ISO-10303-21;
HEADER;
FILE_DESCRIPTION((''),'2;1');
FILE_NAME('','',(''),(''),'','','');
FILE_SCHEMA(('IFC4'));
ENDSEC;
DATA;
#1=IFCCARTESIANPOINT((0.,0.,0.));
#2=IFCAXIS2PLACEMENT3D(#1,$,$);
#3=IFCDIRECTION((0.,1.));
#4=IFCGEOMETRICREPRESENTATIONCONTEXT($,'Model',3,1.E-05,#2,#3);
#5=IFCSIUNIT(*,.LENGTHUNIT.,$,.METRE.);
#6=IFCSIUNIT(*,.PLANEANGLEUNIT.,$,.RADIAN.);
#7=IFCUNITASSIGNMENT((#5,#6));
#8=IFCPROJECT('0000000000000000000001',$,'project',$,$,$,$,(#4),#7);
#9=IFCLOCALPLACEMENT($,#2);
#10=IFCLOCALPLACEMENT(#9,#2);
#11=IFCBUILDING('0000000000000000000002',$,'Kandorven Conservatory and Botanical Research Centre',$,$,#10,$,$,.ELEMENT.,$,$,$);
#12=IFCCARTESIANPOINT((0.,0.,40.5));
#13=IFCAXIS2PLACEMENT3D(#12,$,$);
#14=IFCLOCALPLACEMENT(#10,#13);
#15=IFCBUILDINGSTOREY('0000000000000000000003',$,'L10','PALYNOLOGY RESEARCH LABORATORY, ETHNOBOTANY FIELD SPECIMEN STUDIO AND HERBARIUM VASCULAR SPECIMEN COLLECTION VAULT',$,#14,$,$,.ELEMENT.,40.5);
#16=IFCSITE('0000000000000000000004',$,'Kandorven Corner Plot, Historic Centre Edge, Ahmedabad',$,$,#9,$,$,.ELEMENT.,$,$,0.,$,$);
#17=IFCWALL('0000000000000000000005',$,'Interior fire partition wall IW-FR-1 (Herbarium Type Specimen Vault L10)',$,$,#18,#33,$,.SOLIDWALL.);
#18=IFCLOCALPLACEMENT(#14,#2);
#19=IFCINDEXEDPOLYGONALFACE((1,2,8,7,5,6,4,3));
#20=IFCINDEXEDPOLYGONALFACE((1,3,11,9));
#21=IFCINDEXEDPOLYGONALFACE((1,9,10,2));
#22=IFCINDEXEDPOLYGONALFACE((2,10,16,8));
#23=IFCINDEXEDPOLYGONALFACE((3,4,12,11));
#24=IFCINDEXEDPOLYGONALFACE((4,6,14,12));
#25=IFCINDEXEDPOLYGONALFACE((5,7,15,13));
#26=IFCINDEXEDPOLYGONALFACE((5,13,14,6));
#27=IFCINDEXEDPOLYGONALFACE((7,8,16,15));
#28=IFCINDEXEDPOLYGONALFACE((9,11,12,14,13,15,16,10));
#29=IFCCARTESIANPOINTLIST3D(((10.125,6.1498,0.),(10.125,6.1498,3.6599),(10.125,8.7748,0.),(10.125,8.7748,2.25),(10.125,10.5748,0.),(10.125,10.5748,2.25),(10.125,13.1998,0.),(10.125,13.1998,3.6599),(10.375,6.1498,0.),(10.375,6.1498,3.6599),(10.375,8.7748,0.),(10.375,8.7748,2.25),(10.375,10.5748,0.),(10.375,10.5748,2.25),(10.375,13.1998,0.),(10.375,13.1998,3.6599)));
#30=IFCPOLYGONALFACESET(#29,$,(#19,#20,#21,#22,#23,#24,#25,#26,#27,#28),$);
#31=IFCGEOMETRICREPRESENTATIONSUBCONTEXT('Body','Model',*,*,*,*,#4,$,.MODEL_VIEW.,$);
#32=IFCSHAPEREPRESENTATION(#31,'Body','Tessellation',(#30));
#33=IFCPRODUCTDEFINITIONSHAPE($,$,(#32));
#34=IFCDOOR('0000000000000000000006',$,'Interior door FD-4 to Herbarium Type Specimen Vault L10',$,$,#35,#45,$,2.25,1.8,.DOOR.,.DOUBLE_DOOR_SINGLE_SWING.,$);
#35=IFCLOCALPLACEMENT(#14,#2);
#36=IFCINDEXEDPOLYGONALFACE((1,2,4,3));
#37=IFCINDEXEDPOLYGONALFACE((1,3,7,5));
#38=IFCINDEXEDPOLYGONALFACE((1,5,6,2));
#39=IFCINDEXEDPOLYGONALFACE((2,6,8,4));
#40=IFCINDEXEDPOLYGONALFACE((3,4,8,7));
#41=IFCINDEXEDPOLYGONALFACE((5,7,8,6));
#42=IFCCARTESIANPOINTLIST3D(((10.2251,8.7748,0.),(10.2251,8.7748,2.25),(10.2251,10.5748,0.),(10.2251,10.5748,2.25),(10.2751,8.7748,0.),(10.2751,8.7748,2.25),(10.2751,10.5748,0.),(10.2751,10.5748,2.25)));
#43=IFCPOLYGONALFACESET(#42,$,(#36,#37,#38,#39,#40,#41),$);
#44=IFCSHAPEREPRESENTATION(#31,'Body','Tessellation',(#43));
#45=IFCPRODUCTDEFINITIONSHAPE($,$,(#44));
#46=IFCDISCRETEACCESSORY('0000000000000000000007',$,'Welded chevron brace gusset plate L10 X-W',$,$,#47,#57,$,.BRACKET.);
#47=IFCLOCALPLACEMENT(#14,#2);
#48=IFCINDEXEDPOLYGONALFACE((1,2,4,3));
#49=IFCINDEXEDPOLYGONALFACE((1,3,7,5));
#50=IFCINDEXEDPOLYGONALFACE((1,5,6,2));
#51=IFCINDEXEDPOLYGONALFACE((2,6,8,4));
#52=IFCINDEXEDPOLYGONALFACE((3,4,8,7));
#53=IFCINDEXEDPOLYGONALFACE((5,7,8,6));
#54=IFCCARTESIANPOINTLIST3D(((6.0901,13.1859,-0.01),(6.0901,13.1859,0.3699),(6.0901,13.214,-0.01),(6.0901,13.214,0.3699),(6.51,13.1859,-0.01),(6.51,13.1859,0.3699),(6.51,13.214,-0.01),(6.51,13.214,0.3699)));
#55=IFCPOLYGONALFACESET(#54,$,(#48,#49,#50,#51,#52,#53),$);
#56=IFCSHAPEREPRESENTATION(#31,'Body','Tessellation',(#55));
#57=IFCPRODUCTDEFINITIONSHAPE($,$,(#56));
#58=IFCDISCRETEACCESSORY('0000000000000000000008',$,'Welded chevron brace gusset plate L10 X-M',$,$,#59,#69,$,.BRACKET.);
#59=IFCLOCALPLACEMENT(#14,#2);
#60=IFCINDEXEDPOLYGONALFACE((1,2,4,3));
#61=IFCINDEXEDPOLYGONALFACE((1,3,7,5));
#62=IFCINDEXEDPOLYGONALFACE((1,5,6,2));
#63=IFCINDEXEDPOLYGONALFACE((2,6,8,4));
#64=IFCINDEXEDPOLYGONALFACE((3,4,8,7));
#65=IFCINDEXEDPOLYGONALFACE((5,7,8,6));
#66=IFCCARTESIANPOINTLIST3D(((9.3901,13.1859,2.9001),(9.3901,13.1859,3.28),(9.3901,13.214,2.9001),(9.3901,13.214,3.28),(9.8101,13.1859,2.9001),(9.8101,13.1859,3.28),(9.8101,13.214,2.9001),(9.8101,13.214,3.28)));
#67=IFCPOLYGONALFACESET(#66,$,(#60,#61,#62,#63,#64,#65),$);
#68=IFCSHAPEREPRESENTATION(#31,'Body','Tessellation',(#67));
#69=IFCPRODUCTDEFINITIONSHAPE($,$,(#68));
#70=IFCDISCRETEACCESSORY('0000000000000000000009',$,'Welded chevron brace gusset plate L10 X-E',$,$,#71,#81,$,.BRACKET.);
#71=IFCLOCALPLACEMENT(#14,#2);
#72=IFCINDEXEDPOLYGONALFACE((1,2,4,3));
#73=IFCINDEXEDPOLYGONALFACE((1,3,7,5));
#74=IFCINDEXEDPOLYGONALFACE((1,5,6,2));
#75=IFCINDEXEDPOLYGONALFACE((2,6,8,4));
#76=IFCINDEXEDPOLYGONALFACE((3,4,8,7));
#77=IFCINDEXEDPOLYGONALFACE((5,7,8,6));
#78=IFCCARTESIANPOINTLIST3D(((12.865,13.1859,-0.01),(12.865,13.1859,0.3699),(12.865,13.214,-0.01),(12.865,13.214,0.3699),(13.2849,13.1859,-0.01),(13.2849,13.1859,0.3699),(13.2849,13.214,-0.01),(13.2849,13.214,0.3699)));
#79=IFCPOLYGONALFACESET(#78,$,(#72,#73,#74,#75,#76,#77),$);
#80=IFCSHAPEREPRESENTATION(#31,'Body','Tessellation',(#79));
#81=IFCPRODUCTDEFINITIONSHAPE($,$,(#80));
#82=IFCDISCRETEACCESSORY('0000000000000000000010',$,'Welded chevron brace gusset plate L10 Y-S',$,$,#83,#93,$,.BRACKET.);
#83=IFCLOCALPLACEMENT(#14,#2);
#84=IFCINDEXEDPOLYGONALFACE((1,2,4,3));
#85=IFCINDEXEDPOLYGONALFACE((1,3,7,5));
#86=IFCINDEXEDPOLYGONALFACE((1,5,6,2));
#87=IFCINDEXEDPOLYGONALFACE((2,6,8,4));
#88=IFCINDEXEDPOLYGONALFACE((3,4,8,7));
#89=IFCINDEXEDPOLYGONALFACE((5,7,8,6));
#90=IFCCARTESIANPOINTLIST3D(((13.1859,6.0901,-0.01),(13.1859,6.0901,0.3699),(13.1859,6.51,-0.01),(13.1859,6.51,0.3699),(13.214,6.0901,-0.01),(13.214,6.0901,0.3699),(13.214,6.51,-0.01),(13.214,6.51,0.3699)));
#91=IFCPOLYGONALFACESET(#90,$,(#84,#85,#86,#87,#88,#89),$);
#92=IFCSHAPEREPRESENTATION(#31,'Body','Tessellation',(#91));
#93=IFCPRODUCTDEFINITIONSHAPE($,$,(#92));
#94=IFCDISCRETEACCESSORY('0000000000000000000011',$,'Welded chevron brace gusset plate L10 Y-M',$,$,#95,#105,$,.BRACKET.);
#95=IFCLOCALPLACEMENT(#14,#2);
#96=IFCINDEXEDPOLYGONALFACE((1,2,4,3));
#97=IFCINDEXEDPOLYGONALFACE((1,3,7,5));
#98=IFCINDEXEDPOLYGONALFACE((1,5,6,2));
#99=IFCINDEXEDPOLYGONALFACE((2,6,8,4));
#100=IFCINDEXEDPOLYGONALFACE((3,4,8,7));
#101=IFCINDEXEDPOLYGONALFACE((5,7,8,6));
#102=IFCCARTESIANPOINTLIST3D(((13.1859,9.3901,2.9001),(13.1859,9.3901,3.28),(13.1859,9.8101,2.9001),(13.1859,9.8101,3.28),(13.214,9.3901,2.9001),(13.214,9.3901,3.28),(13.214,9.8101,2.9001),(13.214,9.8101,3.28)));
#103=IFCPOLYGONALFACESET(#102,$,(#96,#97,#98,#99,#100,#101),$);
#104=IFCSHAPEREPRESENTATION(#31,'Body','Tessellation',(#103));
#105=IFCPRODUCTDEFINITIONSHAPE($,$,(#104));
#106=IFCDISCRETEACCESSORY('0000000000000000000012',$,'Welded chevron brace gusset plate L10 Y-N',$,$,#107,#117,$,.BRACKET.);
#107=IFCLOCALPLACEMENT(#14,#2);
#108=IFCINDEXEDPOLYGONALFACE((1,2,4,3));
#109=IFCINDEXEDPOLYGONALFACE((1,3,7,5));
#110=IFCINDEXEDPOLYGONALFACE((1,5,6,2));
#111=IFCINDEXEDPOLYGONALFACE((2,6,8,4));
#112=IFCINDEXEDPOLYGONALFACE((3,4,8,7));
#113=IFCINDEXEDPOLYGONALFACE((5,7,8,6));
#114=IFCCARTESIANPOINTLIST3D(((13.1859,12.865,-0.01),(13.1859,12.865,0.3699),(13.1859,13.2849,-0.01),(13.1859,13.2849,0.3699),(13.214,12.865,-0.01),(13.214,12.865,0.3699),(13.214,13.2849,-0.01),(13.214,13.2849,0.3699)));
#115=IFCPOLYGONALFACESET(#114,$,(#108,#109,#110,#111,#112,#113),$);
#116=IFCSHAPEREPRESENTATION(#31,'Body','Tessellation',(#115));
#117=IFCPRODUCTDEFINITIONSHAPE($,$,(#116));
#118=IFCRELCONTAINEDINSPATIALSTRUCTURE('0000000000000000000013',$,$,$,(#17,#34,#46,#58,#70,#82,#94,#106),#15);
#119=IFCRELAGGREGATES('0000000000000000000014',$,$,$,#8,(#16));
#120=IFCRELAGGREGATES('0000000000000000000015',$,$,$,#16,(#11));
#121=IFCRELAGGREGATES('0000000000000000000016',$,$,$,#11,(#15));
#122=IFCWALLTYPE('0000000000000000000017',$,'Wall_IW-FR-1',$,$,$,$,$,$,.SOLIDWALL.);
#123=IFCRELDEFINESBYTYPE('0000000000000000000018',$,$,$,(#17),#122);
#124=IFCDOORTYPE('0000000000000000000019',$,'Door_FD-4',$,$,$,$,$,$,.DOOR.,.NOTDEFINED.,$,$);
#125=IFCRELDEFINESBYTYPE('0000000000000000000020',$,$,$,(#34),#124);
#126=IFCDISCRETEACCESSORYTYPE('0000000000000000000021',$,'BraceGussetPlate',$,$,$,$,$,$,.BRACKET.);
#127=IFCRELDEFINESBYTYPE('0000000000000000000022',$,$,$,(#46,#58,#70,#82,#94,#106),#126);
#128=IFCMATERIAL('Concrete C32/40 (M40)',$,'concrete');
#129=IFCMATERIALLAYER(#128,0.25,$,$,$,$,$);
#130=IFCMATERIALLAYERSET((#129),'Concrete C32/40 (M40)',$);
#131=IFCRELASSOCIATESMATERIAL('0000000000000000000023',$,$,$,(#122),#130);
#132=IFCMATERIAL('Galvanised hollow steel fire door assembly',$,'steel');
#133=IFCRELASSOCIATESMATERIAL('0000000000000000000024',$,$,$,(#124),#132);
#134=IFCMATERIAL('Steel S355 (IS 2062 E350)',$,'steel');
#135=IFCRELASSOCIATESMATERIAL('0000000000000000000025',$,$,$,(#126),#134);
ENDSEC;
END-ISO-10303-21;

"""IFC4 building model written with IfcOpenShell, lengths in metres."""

from ifc_helpers import new_model, si_unit, direction, frame, frame_2d, origin, origin_2d, place, context, subcontext, project, spatial, rectangle, extrude, material, layer, layer_set, type_object, element, fill, save


model = new_model("IFC4")

# Units and contexts
model_context = context("Model", 3, precision=1e-05, world=origin(), true_north=direction((0.0, 1.0)))
body_context = subcontext(model_context, "Body", "Model", "MODEL_VIEW")
ifc_project = project(units=[si_unit("LENGTHUNIT", "METRE"), si_unit("PLANEANGLEUNIT", "RADIAN")], contexts=[model_context])

# Site, building, storey
site_placement = place(None, origin())
site = spatial("IfcSite", under=ifc_project, at=site_placement, Name="Kandorven Corner Plot, Historic Centre Edge, Ahmedabad", CompositionType="ELEMENT", RefElevation=0.0)
building_placement = place(site_placement, origin())
building = spatial("IfcBuilding", under=site, at=building_placement, Name="Kandorven Conservatory and Botanical Research Centre", CompositionType="ELEMENT")
storey_placement = place(building_placement, frame((0.0, 0.0, 40.5)))
storey = spatial("IfcBuildingStorey", under=building, at=storey_placement, Name="L10", Description="PALYNOLOGY RESEARCH LABORATORY, ETHNOBOTANY FIELD SPECIMEN STUDIO AND HERBARIUM VASCULAR SPECIMEN COLLECTION VAULT", CompositionType="ELEMENT", Elevation=40.5)

# Wall, opening, door
ifc_material_1 = material(Name="Concrete C32/40 (M40)", Category="concrete")
ifc_layer_1 = layer(ifc_material_1, 0.25)
ifc_layer_set_1 = layer_set([ifc_layer_1], Name="Concrete C32/40 (M40)")
wall_type_1 = type_object("IfcWallType", Name="Wall_IW-FR-1", PredefinedType="SOLIDWALL", material=ifc_layer_set_1)
wall_1_placement = place(storey_placement, frame((10.25, 6.1499, 0.0), z_axis=(0.0, 0.0, 1.0), x_axis=(0.0, 1.0, 0.0)))
wall_1 = element("IfcWall", 1, at=wall_1_placement, inside=storey, type_object=wall_type_1, Name="Interior fire partition wall IW-FR-1 (Herbarium Type Specimen Vault L10)", PredefinedType="SOLIDWALL", context=body_context, shape_type="SweptSolid", body=[
    extrude(rectangle(XDim=7.05, YDim=0.25, at=frame_2d((3.5249, 0.0))), origin(), (0.0, 0.0, 1.0), 3.6599),
])
opening_1_placement = place(wall_1_placement, frame((2.625, 0.0, 0.0)))
opening_1 = element("IfcOpeningElement", 2, at=opening_1_placement, cuts=wall_1, PredefinedType="OPENING", context=body_context, shape_type="SweptSolid", body=[
    extrude(rectangle(XDim=1.8, YDim=2.25, at=frame_2d((0.8999, 1.125))), frame((0.0, 0.135, 0.0), z_axis=(0.0, -1.0, 0.0), x_axis=(1.0, 0.0, 0.0)), (0.0, 0.0, 1.0), 0.27),
])
ifc_material_2 = material(Name="Galvanised hollow steel fire door assembly", Category="steel")
door_type_1 = type_object("IfcDoorType", Name="Door_FD-4", OperationType="NOTDEFINED", PredefinedType="DOOR", material=ifc_material_2)
door_1_placement = place(opening_1_placement, origin())
door_1 = element("IfcDoor", 3, at=door_1_placement, inside=storey, type_object=door_type_1, Name="Interior door FD-4 to Herbarium Type Specimen Vault L10", OperationType="DOUBLE_DOOR_SINGLE_SWING", OverallHeight=2.25, OverallWidth=1.8, PredefinedType="DOOR", context=body_context, shape_type="SweptSolid", body=[
    extrude(rectangle(XDim=1.8, YDim=2.25, at=frame_2d((0.8999, 1.125))), frame((0.0, 0.0249, 0.0), z_axis=(0.0, -1.0, 0.0), x_axis=(1.0, 0.0, 0.0)), (0.0, 0.0, 1.0), 0.05),
])
fill(opening_1, door_1)

# Discrete accessories
ifc_material_3 = material(Name="Steel S355 (IS 2062 E350)", Category="steel")
discrete_accessory_type = type_object("IfcDiscreteAccessoryType", Name="BraceGussetPlate", PredefinedType="BRACKET", material=ifc_material_3)
for number, where, z_axis, x_axis, name in (
    (4, (6.3, 13.2, -0.01), (0.0, 0.0, 1.0), (1.0, 0.0, 0.0), "Welded chevron brace gusset plate L10 X-W"),
    (5, (9.6001, 13.2, 2.9001), (0.0, 0.0, 1.0), (1.0, 0.0, 0.0), "Welded chevron brace gusset plate L10 X-M"),
    (6, (13.075, 13.2, -0.01), (0.0, 0.0, 1.0), (1.0, 0.0, 0.0), "Welded chevron brace gusset plate L10 X-E"),
):
    element("IfcDiscreteAccessory", number, at=place(storey_placement, frame(where, z_axis=z_axis, x_axis=x_axis)), inside=storey, type_object=discrete_accessory_type, Name=name, PredefinedType="BRACKET", context=body_context, shape_type="SweptSolid", body=[
        extrude(rectangle(XDim=0.4199, YDim=0.0281, at=origin_2d()), origin(), (0.0, 0.0, 1.0), 0.3799),
    ])
for number, where, z_axis, x_axis, name in (
    (7, (13.2, 6.3, -0.01), (0.0, 0.0, 1.0), (1.0, 0.0, 0.0), "Welded chevron brace gusset plate L10 Y-S"),
    (8, (13.2, 9.6001, 2.9001), (0.0, 0.0, 1.0), (1.0, 0.0, 0.0), "Welded chevron brace gusset plate L10 Y-M"),
    (9, (13.2, 13.075, -0.01), (0.0, 0.0, 1.0), (1.0, 0.0, 0.0), "Welded chevron brace gusset plate L10 Y-N"),
):
    element("IfcDiscreteAccessory", number, at=place(storey_placement, frame(where, z_axis=z_axis, x_axis=x_axis)), inside=storey, type_object=discrete_accessory_type, Name=name, PredefinedType="BRACKET", context=body_context, shape_type="SweptSolid", body=[
        extrude(rectangle(XDim=0.0281, YDim=0.4199, at=origin_2d()), origin(), (0.0, 0.0, 1.0), 0.3799),
    ])

save(model, "model.ifc")
